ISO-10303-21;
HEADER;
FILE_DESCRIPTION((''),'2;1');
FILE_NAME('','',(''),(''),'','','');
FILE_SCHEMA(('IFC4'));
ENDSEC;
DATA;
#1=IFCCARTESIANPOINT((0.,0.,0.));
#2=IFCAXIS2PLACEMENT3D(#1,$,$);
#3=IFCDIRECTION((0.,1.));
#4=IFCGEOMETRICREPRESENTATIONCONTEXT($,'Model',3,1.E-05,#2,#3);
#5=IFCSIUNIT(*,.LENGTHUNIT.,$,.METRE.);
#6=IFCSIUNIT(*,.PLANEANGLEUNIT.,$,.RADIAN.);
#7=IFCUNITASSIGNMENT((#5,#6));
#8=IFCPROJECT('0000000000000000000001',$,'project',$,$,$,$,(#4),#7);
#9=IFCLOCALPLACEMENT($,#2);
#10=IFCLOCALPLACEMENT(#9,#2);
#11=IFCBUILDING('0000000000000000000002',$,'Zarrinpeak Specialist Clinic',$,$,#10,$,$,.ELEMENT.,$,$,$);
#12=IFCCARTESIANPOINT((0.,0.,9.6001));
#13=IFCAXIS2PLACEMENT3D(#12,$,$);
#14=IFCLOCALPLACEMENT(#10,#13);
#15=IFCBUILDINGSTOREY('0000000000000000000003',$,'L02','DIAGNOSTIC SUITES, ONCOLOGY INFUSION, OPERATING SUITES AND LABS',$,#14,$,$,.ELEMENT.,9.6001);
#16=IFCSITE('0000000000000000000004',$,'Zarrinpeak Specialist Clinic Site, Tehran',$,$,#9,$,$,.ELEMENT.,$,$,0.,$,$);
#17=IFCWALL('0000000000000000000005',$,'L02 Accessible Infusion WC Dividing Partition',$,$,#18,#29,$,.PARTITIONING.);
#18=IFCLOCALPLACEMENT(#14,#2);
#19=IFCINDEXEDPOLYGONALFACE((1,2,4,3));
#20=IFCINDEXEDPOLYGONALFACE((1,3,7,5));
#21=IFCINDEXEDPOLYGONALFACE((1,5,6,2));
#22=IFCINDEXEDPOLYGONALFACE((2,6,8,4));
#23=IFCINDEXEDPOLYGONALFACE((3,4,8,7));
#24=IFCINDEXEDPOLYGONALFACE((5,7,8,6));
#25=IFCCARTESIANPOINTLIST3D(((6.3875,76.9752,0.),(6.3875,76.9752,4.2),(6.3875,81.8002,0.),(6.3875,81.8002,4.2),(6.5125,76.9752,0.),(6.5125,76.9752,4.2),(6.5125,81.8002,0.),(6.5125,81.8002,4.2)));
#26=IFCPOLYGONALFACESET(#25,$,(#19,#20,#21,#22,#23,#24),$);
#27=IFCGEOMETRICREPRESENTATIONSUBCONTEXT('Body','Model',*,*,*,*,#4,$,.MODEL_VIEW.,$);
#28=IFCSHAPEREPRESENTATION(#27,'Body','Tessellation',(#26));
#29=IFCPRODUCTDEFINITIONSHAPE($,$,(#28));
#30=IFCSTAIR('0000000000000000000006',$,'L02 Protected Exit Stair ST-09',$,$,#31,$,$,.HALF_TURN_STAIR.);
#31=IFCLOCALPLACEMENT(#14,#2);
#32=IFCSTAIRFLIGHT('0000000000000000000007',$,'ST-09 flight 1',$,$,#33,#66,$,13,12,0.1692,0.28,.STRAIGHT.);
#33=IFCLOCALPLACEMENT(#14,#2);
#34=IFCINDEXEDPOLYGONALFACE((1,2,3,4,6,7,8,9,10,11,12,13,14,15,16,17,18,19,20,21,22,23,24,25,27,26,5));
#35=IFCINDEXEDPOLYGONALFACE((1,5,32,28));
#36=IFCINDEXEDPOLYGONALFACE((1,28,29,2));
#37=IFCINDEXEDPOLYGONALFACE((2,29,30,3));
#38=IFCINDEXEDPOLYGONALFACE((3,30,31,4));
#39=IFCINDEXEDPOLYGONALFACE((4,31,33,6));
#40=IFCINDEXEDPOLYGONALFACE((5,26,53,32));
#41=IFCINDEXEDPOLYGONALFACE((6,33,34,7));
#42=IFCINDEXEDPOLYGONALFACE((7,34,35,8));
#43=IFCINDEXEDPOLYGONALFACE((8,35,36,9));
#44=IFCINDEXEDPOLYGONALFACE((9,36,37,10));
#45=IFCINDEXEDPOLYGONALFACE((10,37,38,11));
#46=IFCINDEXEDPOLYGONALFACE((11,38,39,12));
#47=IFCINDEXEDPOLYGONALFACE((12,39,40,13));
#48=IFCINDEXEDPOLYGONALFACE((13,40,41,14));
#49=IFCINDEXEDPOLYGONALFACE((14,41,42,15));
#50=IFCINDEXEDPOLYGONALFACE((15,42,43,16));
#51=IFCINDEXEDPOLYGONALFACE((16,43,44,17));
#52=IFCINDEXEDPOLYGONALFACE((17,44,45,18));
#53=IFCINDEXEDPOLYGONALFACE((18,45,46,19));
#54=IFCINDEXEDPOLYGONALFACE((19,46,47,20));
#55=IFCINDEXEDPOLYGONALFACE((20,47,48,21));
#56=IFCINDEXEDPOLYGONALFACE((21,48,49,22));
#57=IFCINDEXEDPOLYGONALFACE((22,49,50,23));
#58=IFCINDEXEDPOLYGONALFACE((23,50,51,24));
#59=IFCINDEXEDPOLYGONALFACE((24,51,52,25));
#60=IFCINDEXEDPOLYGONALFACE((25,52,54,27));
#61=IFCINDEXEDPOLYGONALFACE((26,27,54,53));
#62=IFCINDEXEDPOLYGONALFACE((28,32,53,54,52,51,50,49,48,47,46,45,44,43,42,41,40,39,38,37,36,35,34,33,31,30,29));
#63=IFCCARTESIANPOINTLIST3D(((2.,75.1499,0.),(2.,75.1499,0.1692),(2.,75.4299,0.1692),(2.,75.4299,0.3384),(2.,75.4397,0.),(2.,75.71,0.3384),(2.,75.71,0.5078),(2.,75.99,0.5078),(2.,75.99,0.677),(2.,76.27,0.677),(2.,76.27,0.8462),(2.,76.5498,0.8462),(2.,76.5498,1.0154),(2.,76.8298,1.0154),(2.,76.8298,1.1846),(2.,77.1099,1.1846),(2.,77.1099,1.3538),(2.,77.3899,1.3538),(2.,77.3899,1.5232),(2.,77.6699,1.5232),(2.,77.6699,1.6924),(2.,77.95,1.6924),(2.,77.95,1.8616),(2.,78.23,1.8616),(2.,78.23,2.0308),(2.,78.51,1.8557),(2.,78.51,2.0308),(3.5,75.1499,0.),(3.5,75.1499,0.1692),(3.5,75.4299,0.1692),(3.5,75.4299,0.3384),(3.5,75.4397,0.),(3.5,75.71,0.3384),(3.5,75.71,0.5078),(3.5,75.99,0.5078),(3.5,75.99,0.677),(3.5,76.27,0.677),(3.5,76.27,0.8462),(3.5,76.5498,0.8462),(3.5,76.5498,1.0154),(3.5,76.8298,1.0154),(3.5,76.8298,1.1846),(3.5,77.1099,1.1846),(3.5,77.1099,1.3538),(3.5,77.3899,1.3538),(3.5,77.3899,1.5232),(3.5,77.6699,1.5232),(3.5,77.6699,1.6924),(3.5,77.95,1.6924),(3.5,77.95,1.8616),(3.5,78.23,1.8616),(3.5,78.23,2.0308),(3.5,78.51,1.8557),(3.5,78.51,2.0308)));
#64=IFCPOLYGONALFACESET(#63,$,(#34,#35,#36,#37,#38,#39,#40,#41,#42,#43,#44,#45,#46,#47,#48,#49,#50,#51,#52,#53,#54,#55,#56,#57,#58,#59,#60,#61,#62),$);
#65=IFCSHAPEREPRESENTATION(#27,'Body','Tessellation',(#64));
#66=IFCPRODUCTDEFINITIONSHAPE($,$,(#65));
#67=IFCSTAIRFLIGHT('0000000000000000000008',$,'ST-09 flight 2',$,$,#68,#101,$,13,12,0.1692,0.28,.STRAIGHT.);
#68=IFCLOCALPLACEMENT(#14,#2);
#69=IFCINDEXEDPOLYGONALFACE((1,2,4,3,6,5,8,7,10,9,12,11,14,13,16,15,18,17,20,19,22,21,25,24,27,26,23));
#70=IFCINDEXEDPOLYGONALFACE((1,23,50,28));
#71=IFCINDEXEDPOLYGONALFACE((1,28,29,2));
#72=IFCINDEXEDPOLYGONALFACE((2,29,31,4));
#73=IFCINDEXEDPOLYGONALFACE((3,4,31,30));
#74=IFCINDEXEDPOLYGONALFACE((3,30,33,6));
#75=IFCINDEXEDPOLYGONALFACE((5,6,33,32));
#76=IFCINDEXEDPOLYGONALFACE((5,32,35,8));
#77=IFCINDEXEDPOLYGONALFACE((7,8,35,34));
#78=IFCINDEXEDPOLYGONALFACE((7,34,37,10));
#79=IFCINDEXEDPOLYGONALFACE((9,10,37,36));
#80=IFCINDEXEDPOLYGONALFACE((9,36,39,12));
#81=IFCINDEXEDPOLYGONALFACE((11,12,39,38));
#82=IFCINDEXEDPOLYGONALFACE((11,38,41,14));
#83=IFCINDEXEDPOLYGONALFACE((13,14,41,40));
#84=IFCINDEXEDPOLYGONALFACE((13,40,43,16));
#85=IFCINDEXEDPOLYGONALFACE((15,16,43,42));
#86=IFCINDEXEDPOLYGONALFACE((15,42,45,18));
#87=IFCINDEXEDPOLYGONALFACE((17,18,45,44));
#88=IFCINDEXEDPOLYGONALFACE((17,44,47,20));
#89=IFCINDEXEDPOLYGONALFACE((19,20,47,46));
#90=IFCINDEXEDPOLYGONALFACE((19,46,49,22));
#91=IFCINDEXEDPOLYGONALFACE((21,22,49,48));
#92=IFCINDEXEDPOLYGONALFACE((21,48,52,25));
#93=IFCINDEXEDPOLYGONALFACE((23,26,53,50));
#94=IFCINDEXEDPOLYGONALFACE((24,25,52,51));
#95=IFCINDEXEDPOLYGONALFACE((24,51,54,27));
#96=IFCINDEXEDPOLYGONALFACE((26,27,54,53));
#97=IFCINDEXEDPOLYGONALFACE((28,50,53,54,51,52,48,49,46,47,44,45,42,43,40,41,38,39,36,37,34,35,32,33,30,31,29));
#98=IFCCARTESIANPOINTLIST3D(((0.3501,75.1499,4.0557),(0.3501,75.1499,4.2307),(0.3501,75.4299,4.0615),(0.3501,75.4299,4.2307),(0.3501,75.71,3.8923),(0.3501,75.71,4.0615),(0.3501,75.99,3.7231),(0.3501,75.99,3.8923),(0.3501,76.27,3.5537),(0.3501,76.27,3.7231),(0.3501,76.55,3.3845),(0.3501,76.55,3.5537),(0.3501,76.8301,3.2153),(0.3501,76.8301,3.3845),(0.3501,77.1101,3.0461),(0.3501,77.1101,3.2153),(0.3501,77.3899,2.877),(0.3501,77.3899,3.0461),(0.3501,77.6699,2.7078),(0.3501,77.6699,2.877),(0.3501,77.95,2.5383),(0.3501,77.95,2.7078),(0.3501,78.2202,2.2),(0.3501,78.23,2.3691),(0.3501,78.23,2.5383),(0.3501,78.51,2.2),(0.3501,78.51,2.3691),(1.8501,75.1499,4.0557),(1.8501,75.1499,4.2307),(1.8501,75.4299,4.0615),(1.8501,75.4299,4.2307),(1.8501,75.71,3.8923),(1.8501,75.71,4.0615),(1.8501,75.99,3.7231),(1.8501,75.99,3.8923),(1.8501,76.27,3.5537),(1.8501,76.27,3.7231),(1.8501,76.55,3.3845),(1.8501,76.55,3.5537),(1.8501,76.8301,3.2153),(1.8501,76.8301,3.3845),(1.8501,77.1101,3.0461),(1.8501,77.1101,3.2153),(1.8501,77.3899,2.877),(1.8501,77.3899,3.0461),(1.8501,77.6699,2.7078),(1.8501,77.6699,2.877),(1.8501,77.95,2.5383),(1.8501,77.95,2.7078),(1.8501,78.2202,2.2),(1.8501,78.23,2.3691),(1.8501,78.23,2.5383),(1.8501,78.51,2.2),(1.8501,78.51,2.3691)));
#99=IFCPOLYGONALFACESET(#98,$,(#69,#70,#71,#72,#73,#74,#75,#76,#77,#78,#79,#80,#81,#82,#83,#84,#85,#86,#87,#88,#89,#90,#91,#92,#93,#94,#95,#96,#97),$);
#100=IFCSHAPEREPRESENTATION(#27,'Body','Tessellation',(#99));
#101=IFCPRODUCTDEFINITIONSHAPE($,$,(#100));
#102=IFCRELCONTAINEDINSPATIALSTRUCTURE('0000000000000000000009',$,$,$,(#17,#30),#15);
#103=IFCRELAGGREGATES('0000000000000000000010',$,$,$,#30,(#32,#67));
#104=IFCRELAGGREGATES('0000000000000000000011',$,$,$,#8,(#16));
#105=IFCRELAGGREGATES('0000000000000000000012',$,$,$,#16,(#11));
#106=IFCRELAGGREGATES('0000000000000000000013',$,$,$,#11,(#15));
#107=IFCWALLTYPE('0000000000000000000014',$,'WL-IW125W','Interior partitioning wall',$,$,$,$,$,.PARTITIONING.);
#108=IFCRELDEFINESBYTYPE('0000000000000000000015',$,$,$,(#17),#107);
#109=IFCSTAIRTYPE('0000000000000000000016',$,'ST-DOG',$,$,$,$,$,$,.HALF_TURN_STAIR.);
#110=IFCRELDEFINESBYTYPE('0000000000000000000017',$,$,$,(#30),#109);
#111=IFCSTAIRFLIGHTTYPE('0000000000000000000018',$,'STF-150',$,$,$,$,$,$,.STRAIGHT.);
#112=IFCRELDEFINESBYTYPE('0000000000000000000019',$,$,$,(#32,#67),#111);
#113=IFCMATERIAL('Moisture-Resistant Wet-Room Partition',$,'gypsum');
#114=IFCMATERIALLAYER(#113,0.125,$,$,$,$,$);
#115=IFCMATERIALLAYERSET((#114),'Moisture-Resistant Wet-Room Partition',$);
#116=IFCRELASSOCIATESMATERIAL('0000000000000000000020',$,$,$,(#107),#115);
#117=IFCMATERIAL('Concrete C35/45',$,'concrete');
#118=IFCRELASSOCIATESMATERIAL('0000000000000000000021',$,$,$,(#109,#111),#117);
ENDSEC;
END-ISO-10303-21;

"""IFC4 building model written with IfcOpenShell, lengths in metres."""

from ifc_helpers import new_model, si_unit, direction, frame, frame_2d, origin, place, context, subcontext, project, spatial, polyline, rectangle, outline, extrude, material, layer, layer_set, type_object, element, aggregate, save


model = new_model("IFC4")

# Units and contexts
model_context = context("Model", 3, precision=1e-05, world=origin(), true_north=direction((0.0, 1.0)))
body_context = subcontext(model_context, "Body", "Model", "MODEL_VIEW")
ifc_project = project(units=[si_unit("LENGTHUNIT", "METRE"), si_unit("PLANEANGLEUNIT", "RADIAN")], contexts=[model_context])

# Site, building, storey
site_placement = place(None, origin())
site = spatial("IfcSite", under=ifc_project, at=site_placement, Name="Zarrinpeak Specialist Clinic Site, Tehran", CompositionType="ELEMENT", RefElevation=0.0)
building_placement = place(site_placement, origin())
building = spatial("IfcBuilding", under=site, at=building_placement, Name="Zarrinpeak Specialist Clinic", CompositionType="ELEMENT")
storey_placement = place(building_placement, frame((0.0, 0.0, 9.6001)))
storey = spatial("IfcBuildingStorey", under=building, at=storey_placement, Name="L02", Description="DIAGNOSTIC SUITES, ONCOLOGY INFUSION, OPERATING SUITES AND LABS", CompositionType="ELEMENT", Elevation=9.6001)

# Wall
ifc_material_1 = material(Name="Moisture-Resistant Wet-Room Partition", Category="gypsum")
ifc_layer_1 = layer(ifc_material_1, 0.125)
ifc_layer_set_1 = layer_set([ifc_layer_1], Name="Moisture-Resistant Wet-Room Partition")
wall_type_1 = type_object("IfcWallType", Name="WL-IW125W", Description="Interior partitioning wall", PredefinedType="PARTITIONING", material=ifc_layer_set_1)
wall_1_placement = place(storey_placement, frame((6.45, 76.9751, 0.0), z_axis=(0.0, 0.0, 1.0), x_axis=(0.0, 1.0, 0.0)))
element("IfcWall", 1, at=wall_1_placement, inside=storey, type_object=wall_type_1, Name="L02 Accessible Infusion WC Dividing Partition", PredefinedType="PARTITIONING", context=body_context, shape_type="SweptSolid", body=[
    extrude(rectangle(XDim=4.825, YDim=0.125, at=frame_2d((2.4126, 0.0))), origin(), (0.0, 0.0, 1.0), 4.2),
])

# Stair, stair flights
ifc_material_2 = material(Name="Concrete C35/45", Category="concrete")
stair_type = type_object("IfcStairType", Name="ST-DOG", PredefinedType="HALF_TURN_STAIR", material=ifc_material_2)
stair_placement = place(storey_placement, origin())
stair = element("IfcStair", 2, at=stair_placement, inside=storey, type_object=stair_type, Name="L02 Protected Exit Stair ST-09", PredefinedType="HALF_TURN_STAIR")
stair_flight_type = type_object("IfcStairFlightType", Name="STF-150", PredefinedType="STRAIGHT", material=ifc_material_2)
stair_flight_1_placement = place(storey_placement, frame((2.75, 75.1499, 0.0), z_axis=(0.0, 0.0, 1.0), x_axis=(0.0, 1.0, 0.0)))
stair_flight_1 = element("IfcStairFlight", 3, at=stair_flight_1_placement, type_object=stair_flight_type, Name="ST-09 flight 1", NumberOfRisers=13, NumberOfTreads=12, PredefinedType="STRAIGHT", RiserHeight=0.1692, TreadLength=0.28, context=body_context, shape_type="SweptSolid", body=[
    extrude(outline(polyline([(0.0, 0.0), (0.0, 0.1692), (0.28, 0.1692), (0.28, 0.3384), (0.5601, 0.3384), (0.5601, 0.5078), (0.8401, 0.5078), (0.8401, 0.677), (1.1201, 0.677), (1.1201, 0.8462), (1.3999, 0.8462), (1.3999, 1.0154), (1.6799, 1.0154), (1.6799, 1.1846), (1.96, 1.1846), (1.96, 1.3538), (2.24, 1.3538), (2.24, 1.5232), (2.52, 1.5232), (2.52, 1.6924), (2.8, 1.6924), (2.8, 1.8616), (3.0801, 1.8616), (3.0801, 2.0308), (3.3601, 2.0308), (3.3601, 2.2), (3.3601, 1.8557), (0.2898, 0.0), (0.0, 0.0)])), frame((0.0, 0.75, 0.0), z_axis=(0.0, -1.0, 0.0), x_axis=(1.0, 0.0, 0.0)), (0.0, 0.0, 1.0), 1.5),
])
stair_flight_2_placement = place(storey_placement, frame((1.1001, 78.51, 2.2), z_axis=(0.0, 0.0, 1.0), x_axis=(0.0, -1.0, 0.0)))
stair_flight_2 = element("IfcStairFlight", 4, at=stair_flight_2_placement, type_object=stair_flight_type, Name="ST-09 flight 2", NumberOfRisers=13, NumberOfTreads=12, PredefinedType="STRAIGHT", RiserHeight=0.1692, TreadLength=0.28, context=body_context, shape_type="SweptSolid", body=[
    extrude(outline(polyline([(0.0, 0.0), (0.0, 0.1692), (0.28, 0.1692), (0.28, 0.3384), (0.5601, 0.3384), (0.5601, 0.5078), (0.8401, 0.5078), (0.8401, 0.677), (1.1201, 0.677), (1.1201, 0.8462), (1.3999, 0.8462), (1.3999, 1.0154), (1.6799, 1.0154), (1.6799, 1.1846), (1.96, 1.1846), (1.96, 1.3538), (2.24, 1.3538), (2.24, 1.5232), (2.52, 1.5232), (2.52, 1.6924), (2.8, 1.6924), (2.8, 1.8616), (3.0801, 1.8616), (3.0801, 2.0308), (3.3601, 2.0308), (3.3601, 2.2), (3.3601, 1.8557), (0.2898, 0.0), (0.0, 0.0)])), frame((0.0, 0.75, 0.0), z_axis=(0.0, -1.0, 0.0), x_axis=(1.0, 0.0, 0.0)), (0.0, 0.0, 1.0), 1.5),
])
aggregate(stair, [stair_flight_1, stair_flight_2])

save(model, "model.ifc")
